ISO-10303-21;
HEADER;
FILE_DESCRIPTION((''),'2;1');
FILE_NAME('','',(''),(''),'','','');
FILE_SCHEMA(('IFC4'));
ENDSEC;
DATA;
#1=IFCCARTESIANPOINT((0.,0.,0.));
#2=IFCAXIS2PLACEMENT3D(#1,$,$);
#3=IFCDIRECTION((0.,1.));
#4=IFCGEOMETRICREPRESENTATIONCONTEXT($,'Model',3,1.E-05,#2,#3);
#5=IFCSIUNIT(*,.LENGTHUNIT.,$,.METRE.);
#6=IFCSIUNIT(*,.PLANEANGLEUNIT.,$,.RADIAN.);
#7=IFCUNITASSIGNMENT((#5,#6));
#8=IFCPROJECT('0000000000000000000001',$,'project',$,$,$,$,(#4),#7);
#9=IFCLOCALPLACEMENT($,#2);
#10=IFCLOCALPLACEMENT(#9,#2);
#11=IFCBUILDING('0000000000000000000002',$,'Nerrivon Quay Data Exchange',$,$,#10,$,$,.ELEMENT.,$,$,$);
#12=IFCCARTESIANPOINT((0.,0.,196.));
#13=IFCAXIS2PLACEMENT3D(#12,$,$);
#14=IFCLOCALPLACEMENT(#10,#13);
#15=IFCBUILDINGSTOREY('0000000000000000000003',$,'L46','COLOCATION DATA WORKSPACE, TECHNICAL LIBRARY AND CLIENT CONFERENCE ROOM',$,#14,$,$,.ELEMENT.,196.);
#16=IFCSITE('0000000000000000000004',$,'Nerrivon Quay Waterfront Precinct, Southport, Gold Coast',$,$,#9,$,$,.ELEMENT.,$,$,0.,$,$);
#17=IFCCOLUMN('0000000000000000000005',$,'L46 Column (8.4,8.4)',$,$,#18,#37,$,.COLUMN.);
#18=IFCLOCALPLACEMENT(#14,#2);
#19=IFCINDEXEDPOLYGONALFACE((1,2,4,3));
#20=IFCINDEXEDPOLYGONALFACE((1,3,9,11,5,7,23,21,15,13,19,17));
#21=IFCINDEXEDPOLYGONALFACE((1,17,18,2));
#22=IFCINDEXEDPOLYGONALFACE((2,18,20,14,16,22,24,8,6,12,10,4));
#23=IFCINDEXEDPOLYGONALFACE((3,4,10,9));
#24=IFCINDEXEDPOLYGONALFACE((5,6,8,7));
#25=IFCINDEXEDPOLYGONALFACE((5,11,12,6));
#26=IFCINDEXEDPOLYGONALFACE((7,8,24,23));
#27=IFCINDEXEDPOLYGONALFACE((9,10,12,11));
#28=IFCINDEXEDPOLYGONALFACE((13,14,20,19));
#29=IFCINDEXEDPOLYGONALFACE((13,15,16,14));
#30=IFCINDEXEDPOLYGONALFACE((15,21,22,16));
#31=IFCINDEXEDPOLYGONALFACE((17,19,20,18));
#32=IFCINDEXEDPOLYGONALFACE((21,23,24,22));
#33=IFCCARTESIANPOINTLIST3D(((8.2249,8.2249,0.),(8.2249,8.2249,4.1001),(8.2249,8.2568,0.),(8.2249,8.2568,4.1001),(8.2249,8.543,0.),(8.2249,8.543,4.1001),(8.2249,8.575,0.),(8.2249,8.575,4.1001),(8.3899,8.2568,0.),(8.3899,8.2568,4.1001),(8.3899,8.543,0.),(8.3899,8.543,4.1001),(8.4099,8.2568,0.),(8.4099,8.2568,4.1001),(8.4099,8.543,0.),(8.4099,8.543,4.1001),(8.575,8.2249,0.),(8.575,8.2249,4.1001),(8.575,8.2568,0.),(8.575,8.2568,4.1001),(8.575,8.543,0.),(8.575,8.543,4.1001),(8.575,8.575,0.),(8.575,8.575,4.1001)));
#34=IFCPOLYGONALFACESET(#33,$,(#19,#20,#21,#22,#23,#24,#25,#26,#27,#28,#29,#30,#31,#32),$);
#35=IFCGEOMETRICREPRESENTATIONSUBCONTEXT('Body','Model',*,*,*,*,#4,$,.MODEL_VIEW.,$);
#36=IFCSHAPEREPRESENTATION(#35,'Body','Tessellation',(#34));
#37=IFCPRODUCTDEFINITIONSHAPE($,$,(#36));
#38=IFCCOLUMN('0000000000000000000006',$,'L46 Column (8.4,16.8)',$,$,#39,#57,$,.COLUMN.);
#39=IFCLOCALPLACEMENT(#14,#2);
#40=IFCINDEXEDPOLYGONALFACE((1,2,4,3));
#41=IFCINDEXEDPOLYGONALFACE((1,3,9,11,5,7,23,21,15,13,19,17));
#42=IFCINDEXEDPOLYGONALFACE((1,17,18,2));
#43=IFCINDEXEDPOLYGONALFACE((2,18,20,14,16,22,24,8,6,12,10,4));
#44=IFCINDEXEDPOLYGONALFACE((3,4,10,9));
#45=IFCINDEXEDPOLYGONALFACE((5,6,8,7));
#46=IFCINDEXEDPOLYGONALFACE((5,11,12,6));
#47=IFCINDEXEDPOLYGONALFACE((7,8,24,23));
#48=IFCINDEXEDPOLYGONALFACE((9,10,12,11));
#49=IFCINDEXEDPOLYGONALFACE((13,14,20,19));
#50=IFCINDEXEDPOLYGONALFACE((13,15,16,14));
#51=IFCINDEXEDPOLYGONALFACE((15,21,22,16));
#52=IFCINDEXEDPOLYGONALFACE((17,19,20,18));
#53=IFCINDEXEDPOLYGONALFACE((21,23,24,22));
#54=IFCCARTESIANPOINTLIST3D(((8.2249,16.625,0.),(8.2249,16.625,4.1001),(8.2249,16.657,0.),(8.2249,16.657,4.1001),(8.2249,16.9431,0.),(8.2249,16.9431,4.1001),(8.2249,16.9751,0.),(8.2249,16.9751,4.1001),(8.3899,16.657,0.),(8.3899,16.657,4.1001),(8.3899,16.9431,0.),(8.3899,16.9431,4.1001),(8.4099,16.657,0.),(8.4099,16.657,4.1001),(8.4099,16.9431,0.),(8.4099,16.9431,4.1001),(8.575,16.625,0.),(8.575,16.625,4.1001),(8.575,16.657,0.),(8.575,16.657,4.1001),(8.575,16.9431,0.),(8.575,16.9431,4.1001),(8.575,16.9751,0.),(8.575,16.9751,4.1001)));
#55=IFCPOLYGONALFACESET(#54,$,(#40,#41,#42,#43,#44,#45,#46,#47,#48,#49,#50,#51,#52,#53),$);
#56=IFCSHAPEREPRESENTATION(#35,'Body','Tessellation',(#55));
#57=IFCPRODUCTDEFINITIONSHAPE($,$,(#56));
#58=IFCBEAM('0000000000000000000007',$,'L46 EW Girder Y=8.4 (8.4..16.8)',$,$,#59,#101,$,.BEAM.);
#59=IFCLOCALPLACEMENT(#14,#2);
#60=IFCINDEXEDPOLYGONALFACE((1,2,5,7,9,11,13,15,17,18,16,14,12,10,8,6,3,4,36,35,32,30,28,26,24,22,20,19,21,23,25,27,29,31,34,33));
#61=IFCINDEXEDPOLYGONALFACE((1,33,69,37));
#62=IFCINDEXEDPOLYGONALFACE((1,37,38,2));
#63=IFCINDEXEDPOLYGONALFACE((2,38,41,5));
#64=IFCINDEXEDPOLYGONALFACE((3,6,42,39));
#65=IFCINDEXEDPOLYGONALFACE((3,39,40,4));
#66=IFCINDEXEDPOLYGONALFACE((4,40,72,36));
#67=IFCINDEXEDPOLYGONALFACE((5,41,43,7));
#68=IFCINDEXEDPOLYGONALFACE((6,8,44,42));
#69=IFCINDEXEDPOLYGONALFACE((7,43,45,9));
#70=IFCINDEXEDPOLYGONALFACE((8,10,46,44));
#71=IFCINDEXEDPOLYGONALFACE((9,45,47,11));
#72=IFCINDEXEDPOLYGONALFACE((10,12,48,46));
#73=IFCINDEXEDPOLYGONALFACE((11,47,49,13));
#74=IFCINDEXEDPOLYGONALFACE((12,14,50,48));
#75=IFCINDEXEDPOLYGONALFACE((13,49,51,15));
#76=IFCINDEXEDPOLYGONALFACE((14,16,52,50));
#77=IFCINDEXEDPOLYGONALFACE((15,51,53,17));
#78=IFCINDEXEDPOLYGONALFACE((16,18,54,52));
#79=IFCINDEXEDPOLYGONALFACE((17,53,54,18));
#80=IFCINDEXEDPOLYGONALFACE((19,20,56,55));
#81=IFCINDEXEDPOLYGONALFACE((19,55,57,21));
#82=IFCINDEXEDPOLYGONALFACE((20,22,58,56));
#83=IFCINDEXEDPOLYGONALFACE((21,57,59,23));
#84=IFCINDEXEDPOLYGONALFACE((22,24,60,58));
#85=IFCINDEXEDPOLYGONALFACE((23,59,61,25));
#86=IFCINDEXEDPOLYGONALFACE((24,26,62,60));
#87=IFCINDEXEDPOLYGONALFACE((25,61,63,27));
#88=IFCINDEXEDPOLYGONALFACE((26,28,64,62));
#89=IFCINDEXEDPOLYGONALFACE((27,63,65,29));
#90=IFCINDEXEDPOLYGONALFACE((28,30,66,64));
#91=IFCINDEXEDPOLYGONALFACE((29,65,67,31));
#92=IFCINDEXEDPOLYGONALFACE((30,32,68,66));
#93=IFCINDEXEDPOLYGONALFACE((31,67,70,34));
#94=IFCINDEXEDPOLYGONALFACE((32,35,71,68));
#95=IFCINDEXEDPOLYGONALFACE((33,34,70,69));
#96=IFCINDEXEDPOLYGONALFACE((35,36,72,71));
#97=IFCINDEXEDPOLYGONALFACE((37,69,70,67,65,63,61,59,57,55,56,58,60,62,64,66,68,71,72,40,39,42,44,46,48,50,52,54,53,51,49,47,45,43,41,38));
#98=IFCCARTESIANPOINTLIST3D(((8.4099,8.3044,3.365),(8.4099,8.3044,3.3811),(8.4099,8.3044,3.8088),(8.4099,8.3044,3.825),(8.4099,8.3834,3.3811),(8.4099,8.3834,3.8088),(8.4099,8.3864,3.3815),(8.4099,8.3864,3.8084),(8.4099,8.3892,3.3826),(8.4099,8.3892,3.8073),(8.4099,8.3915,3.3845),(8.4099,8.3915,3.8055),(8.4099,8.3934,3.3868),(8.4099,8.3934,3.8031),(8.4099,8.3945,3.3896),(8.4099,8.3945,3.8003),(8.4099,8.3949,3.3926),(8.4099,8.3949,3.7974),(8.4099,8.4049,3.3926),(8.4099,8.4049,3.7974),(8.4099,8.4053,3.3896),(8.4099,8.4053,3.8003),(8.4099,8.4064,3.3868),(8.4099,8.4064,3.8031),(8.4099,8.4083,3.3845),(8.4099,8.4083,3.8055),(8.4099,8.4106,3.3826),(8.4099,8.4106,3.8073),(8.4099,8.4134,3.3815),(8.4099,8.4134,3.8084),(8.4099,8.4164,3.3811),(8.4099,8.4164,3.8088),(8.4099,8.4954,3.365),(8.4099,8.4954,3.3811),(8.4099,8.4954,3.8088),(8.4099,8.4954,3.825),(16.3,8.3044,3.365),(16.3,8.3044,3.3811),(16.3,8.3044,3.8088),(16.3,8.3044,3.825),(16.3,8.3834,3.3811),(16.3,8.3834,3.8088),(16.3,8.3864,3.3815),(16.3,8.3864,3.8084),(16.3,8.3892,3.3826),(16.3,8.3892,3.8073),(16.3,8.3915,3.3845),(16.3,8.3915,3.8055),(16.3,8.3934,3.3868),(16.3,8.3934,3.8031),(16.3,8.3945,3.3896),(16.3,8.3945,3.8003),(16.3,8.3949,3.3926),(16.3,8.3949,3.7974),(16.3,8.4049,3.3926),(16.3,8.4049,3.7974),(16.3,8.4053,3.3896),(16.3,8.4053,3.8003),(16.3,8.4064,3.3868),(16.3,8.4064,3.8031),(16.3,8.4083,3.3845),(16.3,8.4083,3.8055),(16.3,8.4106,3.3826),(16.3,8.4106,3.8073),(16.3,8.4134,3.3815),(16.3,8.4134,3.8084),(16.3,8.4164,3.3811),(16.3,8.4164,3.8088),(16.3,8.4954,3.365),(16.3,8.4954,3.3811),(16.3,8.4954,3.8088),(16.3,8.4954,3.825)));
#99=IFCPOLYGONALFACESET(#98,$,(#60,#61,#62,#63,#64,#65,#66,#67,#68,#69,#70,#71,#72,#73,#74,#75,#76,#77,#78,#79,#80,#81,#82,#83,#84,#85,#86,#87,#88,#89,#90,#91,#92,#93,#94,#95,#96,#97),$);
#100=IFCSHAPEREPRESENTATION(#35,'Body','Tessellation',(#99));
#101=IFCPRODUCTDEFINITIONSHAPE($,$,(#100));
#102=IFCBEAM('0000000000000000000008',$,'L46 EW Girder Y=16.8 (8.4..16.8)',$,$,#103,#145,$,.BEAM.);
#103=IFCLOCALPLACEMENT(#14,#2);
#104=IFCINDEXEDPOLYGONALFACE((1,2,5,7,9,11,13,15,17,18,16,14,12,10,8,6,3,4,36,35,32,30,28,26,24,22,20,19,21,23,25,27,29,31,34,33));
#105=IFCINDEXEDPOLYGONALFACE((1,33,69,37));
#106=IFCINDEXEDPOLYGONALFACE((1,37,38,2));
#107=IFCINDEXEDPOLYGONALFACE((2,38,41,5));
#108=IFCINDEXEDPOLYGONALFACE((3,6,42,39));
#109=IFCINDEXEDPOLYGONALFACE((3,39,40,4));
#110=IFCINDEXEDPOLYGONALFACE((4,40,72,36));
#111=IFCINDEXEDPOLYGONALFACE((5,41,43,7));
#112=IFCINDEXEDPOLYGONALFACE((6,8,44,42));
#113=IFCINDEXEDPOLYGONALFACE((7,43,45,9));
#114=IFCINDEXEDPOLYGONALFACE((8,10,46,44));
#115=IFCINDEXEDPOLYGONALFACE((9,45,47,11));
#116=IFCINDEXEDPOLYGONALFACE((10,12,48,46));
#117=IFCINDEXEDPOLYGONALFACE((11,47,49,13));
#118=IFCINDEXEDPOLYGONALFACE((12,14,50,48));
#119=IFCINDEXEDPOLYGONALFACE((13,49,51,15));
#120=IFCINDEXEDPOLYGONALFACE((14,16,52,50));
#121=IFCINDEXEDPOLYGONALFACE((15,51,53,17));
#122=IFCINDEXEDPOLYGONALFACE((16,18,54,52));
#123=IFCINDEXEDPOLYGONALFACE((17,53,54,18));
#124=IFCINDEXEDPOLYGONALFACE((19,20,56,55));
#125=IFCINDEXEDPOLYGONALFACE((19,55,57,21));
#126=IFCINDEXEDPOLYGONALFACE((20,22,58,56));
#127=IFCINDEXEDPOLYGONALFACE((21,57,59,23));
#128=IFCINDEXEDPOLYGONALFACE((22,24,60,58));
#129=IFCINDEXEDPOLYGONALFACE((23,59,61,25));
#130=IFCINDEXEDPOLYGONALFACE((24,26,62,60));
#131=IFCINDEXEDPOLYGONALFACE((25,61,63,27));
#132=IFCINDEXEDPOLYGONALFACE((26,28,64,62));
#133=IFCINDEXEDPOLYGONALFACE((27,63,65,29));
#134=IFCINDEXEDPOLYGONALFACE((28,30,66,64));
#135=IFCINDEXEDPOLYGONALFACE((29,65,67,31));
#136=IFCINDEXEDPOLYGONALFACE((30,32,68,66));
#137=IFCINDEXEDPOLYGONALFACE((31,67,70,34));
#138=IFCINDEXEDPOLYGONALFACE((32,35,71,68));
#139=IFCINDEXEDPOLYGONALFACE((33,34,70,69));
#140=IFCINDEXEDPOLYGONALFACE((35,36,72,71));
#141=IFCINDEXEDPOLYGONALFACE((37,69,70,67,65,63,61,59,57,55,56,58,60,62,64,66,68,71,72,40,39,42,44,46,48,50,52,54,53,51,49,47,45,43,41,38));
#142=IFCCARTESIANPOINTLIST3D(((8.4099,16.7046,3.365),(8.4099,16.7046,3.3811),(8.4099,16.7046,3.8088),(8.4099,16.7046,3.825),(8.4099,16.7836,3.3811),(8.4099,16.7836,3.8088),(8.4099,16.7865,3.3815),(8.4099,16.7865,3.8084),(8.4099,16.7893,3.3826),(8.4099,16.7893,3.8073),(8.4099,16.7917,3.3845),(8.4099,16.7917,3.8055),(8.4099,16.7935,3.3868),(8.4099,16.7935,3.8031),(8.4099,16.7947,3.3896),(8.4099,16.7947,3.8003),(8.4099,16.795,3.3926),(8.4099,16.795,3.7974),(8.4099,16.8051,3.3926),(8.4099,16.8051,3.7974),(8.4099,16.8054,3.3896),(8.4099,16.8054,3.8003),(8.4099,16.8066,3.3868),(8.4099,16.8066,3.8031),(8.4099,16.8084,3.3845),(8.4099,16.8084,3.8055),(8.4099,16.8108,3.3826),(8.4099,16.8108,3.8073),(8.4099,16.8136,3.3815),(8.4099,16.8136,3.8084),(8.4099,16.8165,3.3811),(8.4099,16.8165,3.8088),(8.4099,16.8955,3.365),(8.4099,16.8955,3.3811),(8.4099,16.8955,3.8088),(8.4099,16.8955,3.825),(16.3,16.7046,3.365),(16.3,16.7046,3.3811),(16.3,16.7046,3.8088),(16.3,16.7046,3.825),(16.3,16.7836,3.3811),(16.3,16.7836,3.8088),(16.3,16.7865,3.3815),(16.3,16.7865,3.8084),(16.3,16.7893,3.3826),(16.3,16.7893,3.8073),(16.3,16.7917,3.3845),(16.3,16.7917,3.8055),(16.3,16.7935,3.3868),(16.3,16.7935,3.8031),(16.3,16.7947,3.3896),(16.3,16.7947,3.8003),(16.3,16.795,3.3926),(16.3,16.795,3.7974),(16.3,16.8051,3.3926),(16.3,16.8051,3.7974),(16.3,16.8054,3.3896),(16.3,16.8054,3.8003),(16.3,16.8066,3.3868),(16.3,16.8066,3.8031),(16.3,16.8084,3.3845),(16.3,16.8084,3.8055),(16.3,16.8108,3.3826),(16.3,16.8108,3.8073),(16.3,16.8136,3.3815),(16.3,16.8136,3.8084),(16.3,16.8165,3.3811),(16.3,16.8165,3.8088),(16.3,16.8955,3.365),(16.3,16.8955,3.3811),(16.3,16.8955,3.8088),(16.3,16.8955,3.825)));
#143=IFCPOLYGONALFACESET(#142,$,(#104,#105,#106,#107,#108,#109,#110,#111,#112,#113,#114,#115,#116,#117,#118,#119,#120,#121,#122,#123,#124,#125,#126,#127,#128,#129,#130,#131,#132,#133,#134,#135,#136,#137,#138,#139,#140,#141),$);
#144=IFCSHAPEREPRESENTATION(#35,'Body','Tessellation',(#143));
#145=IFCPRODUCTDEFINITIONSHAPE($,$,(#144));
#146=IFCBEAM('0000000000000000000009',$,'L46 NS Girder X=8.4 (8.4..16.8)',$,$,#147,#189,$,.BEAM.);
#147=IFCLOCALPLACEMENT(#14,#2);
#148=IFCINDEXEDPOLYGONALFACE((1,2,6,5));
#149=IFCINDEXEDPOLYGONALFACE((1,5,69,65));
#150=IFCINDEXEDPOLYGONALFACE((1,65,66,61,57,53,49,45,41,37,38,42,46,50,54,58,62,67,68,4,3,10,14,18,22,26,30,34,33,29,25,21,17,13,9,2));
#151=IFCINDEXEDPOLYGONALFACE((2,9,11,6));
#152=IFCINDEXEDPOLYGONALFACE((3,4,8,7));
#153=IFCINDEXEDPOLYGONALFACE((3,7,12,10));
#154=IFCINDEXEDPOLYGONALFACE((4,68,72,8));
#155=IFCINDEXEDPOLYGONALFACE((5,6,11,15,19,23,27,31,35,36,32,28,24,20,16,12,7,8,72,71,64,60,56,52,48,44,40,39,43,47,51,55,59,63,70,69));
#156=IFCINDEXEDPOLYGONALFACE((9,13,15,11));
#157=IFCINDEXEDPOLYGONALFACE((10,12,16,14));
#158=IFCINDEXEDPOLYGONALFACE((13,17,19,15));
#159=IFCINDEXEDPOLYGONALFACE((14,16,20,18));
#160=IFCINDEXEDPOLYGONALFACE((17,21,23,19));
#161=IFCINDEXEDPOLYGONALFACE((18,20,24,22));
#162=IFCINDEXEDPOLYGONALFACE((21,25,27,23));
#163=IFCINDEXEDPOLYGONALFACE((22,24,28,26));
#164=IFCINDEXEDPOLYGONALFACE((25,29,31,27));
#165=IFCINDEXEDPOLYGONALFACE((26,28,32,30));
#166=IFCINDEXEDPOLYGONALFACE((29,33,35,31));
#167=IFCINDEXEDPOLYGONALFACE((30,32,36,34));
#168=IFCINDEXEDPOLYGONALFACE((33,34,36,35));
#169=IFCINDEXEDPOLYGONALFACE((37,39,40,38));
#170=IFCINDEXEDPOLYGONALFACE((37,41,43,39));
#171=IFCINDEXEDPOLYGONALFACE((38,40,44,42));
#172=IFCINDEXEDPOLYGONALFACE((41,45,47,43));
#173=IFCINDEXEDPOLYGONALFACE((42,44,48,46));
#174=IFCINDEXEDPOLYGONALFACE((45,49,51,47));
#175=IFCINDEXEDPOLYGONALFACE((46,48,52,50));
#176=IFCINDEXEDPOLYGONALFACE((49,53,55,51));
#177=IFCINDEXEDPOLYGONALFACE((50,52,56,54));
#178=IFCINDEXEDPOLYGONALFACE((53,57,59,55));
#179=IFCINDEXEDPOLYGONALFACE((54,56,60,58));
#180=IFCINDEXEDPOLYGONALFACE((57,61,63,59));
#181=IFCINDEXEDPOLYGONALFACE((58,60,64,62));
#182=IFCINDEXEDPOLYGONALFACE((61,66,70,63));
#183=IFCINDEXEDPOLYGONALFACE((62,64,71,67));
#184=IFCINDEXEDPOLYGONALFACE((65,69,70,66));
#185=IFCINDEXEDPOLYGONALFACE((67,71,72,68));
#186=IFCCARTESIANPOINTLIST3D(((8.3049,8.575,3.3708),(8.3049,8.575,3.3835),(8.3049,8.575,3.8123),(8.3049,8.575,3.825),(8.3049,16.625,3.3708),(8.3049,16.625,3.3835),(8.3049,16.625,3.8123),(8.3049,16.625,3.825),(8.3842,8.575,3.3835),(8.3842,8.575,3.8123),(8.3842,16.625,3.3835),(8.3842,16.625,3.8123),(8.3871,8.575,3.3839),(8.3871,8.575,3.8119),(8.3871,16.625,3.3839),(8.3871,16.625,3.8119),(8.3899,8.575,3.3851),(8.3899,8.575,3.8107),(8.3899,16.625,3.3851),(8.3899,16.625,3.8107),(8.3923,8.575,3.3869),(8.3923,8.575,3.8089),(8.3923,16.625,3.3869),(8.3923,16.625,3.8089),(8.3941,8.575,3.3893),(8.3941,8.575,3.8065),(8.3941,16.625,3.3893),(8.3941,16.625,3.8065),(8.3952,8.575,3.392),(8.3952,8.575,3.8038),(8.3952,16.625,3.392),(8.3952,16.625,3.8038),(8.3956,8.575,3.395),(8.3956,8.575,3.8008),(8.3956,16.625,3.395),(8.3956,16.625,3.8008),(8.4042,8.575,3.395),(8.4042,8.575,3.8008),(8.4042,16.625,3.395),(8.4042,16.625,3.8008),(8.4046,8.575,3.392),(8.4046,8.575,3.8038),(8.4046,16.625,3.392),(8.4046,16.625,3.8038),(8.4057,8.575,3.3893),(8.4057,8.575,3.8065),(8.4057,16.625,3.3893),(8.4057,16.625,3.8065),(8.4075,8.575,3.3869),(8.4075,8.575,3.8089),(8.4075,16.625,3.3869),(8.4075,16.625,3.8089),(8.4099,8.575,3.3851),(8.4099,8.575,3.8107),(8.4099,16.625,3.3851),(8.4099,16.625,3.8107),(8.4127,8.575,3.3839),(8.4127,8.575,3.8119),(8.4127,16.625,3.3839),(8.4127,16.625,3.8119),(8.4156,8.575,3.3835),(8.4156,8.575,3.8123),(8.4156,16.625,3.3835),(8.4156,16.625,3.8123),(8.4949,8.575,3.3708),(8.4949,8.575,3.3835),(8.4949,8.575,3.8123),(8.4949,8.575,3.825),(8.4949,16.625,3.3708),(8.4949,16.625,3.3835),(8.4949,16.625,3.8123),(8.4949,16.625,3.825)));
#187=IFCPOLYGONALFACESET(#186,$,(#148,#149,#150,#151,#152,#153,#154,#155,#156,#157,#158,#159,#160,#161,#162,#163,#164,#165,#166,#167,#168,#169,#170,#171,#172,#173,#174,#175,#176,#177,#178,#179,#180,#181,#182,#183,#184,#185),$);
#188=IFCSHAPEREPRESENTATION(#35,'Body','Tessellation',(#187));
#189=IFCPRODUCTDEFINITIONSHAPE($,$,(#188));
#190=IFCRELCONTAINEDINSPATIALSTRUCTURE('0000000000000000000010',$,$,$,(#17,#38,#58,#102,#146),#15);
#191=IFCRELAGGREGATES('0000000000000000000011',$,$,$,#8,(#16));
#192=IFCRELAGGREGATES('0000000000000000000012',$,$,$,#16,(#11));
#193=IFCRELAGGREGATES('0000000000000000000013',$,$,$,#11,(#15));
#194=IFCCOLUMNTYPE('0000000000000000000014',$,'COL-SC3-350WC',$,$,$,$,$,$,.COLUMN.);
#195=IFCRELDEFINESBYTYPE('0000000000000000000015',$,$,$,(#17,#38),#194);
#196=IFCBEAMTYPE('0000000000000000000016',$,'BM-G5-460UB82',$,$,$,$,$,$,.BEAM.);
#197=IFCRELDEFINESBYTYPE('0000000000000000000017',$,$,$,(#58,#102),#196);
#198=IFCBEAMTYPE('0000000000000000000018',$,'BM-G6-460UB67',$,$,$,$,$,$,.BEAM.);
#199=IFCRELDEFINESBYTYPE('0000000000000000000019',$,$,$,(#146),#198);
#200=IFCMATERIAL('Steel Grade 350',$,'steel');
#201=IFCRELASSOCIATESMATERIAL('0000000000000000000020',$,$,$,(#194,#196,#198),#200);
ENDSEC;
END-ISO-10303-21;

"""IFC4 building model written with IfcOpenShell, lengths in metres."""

from ifc_helpers import new_model, si_unit, direction, frame, origin, origin_2d, place, context, subcontext, project, spatial, i_section, extrude, material, material_profile, profile_set, type_object, element, save


model = new_model("IFC4")

# Units and contexts
model_context = context("Model", 3, precision=1e-05, world=origin(), true_north=direction((0.0, 1.0)))
body_context = subcontext(model_context, "Body", "Model", "MODEL_VIEW")
ifc_project = project(units=[si_unit("LENGTHUNIT", "METRE"), si_unit("PLANEANGLEUNIT", "RADIAN")], contexts=[model_context])

# Site, building, storey
site_placement = place(None, origin())
site = spatial("IfcSite", under=ifc_project, at=site_placement, Name="Nerrivon Quay Waterfront Precinct, Southport, Gold Coast", CompositionType="ELEMENT", RefElevation=0.0)
building_placement = place(site_placement, origin())
building = spatial("IfcBuilding", under=site, at=building_placement, Name="Nerrivon Quay Data Exchange", CompositionType="ELEMENT")
storey_placement = place(building_placement, frame((0.0, 0.0, 196.0)))
storey = spatial("IfcBuildingStorey", under=building, at=storey_placement, Name="L46", Description="COLOCATION DATA WORKSPACE, TECHNICAL LIBRARY AND CLIENT CONFERENCE ROOM", CompositionType="ELEMENT", Elevation=196.0)

# Columns
ifc_material_1 = material(Name="Steel Grade 350", Category="steel")
ifc_material_profile_1 = material_profile(ifc_material_1, i_section(OverallWidth=0.3501, OverallDepth=0.3501, WebThickness=0.02, FlangeThickness=0.032, at=origin_2d()), Name="350WC230")
ifc_profile_set_1 = profile_set([ifc_material_profile_1], Name="Steel Grade 350")
column_type = type_object("IfcColumnType", Name="COL-SC3-350WC", PredefinedType="COLUMN", material=ifc_profile_set_1)
for number, where, z_axis, x_axis, name in (
    (1, (8.3999, 8.3999, 0.0), (0.0, 0.0, 1.0), (1.0, 0.0, 0.0), "L46 Column (8.4,8.4)"),
    (2, (8.3999, 16.8, 0.0), (0.0, 0.0, 1.0), (1.0, 0.0, 0.0), "L46 Column (8.4,16.8)"),
):
    element("IfcColumn", number, at=place(storey_placement, frame(where, z_axis=z_axis, x_axis=x_axis)), inside=storey, type_object=column_type, Name=name, PredefinedType="COLUMN", context=body_context, shape_type="SweptSolid", body=[
        extrude(i_section(OverallWidth=0.3501, OverallDepth=0.3501, WebThickness=0.02, FlangeThickness=0.032, at=origin_2d()), origin(), (0.0, 0.0, 1.0), 4.1001),
    ])

# Beams
ifc_material_profile_2 = material_profile(ifc_material_1, i_section(OverallWidth=0.1909, OverallDepth=0.46, WebThickness=0.01, FlangeThickness=0.0161, FilletRadius=0.0115, at=origin_2d()), Name="460UB82.1")
ifc_profile_set_2 = profile_set([ifc_material_profile_2], Name="Steel Grade 350")
beam_type_1 = type_object("IfcBeamType", Name="BM-G5-460UB82", PredefinedType="BEAM", material=ifc_profile_set_2)
for number, where, z_axis, x_axis, name in (
    (3, (8.4099, 8.3999, 3.595), (1.0, 0.0, 0.0), (0.0, 1.0, 0.0), "L46 EW Girder Y=8.4 (8.4..16.8)"),
    (4, (8.4099, 16.8, 3.595), (1.0, 0.0, 0.0), (0.0, 1.0, 0.0), "L46 EW Girder Y=16.8 (8.4..16.8)"),
):
    element("IfcBeam", number, at=place(storey_placement, frame(where, z_axis=z_axis, x_axis=x_axis)), inside=storey, type_object=beam_type_1, Name=name, PredefinedType="BEAM", context=body_context, shape_type="SweptSolid", body=[
        extrude(i_section(OverallWidth=0.1909, OverallDepth=0.46, WebThickness=0.01, FlangeThickness=0.0161, FilletRadius=0.0115, at=origin_2d()), origin(), (0.0, 0.0, 1.0), 7.8901),
    ])
ifc_material_profile_3 = material_profile(ifc_material_1, i_section(OverallWidth=0.1899, OverallDepth=0.4541, WebThickness=0.0085, FlangeThickness=0.0127, FilletRadius=0.0115, at=origin_2d()), Name="460UB67.1")
ifc_profile_set_3 = profile_set([ifc_material_profile_3], Name="Steel Grade 350")
beam_type_2 = type_object("IfcBeamType", Name="BM-G6-460UB67", PredefinedType="BEAM", material=ifc_profile_set_3)
beam_1_placement = place(storey_placement, frame((8.3999, 8.575, 3.5979), z_axis=(0.0, 1.0, 0.0), x_axis=(-1.0, 0.0, 0.0)))
element("IfcBeam", 5, at=beam_1_placement, inside=storey, type_object=beam_type_2, Name="L46 NS Girder X=8.4 (8.4..16.8)", PredefinedType="BEAM", context=body_context, shape_type="SweptSolid", body=[
    extrude(i_section(OverallWidth=0.1899, OverallDepth=0.4541, WebThickness=0.0085, FlangeThickness=0.0127, FilletRadius=0.0115, at=origin_2d()), origin(), (0.0, 0.0, 1.0), 8.05),
])

save(model, "model.ifc")
